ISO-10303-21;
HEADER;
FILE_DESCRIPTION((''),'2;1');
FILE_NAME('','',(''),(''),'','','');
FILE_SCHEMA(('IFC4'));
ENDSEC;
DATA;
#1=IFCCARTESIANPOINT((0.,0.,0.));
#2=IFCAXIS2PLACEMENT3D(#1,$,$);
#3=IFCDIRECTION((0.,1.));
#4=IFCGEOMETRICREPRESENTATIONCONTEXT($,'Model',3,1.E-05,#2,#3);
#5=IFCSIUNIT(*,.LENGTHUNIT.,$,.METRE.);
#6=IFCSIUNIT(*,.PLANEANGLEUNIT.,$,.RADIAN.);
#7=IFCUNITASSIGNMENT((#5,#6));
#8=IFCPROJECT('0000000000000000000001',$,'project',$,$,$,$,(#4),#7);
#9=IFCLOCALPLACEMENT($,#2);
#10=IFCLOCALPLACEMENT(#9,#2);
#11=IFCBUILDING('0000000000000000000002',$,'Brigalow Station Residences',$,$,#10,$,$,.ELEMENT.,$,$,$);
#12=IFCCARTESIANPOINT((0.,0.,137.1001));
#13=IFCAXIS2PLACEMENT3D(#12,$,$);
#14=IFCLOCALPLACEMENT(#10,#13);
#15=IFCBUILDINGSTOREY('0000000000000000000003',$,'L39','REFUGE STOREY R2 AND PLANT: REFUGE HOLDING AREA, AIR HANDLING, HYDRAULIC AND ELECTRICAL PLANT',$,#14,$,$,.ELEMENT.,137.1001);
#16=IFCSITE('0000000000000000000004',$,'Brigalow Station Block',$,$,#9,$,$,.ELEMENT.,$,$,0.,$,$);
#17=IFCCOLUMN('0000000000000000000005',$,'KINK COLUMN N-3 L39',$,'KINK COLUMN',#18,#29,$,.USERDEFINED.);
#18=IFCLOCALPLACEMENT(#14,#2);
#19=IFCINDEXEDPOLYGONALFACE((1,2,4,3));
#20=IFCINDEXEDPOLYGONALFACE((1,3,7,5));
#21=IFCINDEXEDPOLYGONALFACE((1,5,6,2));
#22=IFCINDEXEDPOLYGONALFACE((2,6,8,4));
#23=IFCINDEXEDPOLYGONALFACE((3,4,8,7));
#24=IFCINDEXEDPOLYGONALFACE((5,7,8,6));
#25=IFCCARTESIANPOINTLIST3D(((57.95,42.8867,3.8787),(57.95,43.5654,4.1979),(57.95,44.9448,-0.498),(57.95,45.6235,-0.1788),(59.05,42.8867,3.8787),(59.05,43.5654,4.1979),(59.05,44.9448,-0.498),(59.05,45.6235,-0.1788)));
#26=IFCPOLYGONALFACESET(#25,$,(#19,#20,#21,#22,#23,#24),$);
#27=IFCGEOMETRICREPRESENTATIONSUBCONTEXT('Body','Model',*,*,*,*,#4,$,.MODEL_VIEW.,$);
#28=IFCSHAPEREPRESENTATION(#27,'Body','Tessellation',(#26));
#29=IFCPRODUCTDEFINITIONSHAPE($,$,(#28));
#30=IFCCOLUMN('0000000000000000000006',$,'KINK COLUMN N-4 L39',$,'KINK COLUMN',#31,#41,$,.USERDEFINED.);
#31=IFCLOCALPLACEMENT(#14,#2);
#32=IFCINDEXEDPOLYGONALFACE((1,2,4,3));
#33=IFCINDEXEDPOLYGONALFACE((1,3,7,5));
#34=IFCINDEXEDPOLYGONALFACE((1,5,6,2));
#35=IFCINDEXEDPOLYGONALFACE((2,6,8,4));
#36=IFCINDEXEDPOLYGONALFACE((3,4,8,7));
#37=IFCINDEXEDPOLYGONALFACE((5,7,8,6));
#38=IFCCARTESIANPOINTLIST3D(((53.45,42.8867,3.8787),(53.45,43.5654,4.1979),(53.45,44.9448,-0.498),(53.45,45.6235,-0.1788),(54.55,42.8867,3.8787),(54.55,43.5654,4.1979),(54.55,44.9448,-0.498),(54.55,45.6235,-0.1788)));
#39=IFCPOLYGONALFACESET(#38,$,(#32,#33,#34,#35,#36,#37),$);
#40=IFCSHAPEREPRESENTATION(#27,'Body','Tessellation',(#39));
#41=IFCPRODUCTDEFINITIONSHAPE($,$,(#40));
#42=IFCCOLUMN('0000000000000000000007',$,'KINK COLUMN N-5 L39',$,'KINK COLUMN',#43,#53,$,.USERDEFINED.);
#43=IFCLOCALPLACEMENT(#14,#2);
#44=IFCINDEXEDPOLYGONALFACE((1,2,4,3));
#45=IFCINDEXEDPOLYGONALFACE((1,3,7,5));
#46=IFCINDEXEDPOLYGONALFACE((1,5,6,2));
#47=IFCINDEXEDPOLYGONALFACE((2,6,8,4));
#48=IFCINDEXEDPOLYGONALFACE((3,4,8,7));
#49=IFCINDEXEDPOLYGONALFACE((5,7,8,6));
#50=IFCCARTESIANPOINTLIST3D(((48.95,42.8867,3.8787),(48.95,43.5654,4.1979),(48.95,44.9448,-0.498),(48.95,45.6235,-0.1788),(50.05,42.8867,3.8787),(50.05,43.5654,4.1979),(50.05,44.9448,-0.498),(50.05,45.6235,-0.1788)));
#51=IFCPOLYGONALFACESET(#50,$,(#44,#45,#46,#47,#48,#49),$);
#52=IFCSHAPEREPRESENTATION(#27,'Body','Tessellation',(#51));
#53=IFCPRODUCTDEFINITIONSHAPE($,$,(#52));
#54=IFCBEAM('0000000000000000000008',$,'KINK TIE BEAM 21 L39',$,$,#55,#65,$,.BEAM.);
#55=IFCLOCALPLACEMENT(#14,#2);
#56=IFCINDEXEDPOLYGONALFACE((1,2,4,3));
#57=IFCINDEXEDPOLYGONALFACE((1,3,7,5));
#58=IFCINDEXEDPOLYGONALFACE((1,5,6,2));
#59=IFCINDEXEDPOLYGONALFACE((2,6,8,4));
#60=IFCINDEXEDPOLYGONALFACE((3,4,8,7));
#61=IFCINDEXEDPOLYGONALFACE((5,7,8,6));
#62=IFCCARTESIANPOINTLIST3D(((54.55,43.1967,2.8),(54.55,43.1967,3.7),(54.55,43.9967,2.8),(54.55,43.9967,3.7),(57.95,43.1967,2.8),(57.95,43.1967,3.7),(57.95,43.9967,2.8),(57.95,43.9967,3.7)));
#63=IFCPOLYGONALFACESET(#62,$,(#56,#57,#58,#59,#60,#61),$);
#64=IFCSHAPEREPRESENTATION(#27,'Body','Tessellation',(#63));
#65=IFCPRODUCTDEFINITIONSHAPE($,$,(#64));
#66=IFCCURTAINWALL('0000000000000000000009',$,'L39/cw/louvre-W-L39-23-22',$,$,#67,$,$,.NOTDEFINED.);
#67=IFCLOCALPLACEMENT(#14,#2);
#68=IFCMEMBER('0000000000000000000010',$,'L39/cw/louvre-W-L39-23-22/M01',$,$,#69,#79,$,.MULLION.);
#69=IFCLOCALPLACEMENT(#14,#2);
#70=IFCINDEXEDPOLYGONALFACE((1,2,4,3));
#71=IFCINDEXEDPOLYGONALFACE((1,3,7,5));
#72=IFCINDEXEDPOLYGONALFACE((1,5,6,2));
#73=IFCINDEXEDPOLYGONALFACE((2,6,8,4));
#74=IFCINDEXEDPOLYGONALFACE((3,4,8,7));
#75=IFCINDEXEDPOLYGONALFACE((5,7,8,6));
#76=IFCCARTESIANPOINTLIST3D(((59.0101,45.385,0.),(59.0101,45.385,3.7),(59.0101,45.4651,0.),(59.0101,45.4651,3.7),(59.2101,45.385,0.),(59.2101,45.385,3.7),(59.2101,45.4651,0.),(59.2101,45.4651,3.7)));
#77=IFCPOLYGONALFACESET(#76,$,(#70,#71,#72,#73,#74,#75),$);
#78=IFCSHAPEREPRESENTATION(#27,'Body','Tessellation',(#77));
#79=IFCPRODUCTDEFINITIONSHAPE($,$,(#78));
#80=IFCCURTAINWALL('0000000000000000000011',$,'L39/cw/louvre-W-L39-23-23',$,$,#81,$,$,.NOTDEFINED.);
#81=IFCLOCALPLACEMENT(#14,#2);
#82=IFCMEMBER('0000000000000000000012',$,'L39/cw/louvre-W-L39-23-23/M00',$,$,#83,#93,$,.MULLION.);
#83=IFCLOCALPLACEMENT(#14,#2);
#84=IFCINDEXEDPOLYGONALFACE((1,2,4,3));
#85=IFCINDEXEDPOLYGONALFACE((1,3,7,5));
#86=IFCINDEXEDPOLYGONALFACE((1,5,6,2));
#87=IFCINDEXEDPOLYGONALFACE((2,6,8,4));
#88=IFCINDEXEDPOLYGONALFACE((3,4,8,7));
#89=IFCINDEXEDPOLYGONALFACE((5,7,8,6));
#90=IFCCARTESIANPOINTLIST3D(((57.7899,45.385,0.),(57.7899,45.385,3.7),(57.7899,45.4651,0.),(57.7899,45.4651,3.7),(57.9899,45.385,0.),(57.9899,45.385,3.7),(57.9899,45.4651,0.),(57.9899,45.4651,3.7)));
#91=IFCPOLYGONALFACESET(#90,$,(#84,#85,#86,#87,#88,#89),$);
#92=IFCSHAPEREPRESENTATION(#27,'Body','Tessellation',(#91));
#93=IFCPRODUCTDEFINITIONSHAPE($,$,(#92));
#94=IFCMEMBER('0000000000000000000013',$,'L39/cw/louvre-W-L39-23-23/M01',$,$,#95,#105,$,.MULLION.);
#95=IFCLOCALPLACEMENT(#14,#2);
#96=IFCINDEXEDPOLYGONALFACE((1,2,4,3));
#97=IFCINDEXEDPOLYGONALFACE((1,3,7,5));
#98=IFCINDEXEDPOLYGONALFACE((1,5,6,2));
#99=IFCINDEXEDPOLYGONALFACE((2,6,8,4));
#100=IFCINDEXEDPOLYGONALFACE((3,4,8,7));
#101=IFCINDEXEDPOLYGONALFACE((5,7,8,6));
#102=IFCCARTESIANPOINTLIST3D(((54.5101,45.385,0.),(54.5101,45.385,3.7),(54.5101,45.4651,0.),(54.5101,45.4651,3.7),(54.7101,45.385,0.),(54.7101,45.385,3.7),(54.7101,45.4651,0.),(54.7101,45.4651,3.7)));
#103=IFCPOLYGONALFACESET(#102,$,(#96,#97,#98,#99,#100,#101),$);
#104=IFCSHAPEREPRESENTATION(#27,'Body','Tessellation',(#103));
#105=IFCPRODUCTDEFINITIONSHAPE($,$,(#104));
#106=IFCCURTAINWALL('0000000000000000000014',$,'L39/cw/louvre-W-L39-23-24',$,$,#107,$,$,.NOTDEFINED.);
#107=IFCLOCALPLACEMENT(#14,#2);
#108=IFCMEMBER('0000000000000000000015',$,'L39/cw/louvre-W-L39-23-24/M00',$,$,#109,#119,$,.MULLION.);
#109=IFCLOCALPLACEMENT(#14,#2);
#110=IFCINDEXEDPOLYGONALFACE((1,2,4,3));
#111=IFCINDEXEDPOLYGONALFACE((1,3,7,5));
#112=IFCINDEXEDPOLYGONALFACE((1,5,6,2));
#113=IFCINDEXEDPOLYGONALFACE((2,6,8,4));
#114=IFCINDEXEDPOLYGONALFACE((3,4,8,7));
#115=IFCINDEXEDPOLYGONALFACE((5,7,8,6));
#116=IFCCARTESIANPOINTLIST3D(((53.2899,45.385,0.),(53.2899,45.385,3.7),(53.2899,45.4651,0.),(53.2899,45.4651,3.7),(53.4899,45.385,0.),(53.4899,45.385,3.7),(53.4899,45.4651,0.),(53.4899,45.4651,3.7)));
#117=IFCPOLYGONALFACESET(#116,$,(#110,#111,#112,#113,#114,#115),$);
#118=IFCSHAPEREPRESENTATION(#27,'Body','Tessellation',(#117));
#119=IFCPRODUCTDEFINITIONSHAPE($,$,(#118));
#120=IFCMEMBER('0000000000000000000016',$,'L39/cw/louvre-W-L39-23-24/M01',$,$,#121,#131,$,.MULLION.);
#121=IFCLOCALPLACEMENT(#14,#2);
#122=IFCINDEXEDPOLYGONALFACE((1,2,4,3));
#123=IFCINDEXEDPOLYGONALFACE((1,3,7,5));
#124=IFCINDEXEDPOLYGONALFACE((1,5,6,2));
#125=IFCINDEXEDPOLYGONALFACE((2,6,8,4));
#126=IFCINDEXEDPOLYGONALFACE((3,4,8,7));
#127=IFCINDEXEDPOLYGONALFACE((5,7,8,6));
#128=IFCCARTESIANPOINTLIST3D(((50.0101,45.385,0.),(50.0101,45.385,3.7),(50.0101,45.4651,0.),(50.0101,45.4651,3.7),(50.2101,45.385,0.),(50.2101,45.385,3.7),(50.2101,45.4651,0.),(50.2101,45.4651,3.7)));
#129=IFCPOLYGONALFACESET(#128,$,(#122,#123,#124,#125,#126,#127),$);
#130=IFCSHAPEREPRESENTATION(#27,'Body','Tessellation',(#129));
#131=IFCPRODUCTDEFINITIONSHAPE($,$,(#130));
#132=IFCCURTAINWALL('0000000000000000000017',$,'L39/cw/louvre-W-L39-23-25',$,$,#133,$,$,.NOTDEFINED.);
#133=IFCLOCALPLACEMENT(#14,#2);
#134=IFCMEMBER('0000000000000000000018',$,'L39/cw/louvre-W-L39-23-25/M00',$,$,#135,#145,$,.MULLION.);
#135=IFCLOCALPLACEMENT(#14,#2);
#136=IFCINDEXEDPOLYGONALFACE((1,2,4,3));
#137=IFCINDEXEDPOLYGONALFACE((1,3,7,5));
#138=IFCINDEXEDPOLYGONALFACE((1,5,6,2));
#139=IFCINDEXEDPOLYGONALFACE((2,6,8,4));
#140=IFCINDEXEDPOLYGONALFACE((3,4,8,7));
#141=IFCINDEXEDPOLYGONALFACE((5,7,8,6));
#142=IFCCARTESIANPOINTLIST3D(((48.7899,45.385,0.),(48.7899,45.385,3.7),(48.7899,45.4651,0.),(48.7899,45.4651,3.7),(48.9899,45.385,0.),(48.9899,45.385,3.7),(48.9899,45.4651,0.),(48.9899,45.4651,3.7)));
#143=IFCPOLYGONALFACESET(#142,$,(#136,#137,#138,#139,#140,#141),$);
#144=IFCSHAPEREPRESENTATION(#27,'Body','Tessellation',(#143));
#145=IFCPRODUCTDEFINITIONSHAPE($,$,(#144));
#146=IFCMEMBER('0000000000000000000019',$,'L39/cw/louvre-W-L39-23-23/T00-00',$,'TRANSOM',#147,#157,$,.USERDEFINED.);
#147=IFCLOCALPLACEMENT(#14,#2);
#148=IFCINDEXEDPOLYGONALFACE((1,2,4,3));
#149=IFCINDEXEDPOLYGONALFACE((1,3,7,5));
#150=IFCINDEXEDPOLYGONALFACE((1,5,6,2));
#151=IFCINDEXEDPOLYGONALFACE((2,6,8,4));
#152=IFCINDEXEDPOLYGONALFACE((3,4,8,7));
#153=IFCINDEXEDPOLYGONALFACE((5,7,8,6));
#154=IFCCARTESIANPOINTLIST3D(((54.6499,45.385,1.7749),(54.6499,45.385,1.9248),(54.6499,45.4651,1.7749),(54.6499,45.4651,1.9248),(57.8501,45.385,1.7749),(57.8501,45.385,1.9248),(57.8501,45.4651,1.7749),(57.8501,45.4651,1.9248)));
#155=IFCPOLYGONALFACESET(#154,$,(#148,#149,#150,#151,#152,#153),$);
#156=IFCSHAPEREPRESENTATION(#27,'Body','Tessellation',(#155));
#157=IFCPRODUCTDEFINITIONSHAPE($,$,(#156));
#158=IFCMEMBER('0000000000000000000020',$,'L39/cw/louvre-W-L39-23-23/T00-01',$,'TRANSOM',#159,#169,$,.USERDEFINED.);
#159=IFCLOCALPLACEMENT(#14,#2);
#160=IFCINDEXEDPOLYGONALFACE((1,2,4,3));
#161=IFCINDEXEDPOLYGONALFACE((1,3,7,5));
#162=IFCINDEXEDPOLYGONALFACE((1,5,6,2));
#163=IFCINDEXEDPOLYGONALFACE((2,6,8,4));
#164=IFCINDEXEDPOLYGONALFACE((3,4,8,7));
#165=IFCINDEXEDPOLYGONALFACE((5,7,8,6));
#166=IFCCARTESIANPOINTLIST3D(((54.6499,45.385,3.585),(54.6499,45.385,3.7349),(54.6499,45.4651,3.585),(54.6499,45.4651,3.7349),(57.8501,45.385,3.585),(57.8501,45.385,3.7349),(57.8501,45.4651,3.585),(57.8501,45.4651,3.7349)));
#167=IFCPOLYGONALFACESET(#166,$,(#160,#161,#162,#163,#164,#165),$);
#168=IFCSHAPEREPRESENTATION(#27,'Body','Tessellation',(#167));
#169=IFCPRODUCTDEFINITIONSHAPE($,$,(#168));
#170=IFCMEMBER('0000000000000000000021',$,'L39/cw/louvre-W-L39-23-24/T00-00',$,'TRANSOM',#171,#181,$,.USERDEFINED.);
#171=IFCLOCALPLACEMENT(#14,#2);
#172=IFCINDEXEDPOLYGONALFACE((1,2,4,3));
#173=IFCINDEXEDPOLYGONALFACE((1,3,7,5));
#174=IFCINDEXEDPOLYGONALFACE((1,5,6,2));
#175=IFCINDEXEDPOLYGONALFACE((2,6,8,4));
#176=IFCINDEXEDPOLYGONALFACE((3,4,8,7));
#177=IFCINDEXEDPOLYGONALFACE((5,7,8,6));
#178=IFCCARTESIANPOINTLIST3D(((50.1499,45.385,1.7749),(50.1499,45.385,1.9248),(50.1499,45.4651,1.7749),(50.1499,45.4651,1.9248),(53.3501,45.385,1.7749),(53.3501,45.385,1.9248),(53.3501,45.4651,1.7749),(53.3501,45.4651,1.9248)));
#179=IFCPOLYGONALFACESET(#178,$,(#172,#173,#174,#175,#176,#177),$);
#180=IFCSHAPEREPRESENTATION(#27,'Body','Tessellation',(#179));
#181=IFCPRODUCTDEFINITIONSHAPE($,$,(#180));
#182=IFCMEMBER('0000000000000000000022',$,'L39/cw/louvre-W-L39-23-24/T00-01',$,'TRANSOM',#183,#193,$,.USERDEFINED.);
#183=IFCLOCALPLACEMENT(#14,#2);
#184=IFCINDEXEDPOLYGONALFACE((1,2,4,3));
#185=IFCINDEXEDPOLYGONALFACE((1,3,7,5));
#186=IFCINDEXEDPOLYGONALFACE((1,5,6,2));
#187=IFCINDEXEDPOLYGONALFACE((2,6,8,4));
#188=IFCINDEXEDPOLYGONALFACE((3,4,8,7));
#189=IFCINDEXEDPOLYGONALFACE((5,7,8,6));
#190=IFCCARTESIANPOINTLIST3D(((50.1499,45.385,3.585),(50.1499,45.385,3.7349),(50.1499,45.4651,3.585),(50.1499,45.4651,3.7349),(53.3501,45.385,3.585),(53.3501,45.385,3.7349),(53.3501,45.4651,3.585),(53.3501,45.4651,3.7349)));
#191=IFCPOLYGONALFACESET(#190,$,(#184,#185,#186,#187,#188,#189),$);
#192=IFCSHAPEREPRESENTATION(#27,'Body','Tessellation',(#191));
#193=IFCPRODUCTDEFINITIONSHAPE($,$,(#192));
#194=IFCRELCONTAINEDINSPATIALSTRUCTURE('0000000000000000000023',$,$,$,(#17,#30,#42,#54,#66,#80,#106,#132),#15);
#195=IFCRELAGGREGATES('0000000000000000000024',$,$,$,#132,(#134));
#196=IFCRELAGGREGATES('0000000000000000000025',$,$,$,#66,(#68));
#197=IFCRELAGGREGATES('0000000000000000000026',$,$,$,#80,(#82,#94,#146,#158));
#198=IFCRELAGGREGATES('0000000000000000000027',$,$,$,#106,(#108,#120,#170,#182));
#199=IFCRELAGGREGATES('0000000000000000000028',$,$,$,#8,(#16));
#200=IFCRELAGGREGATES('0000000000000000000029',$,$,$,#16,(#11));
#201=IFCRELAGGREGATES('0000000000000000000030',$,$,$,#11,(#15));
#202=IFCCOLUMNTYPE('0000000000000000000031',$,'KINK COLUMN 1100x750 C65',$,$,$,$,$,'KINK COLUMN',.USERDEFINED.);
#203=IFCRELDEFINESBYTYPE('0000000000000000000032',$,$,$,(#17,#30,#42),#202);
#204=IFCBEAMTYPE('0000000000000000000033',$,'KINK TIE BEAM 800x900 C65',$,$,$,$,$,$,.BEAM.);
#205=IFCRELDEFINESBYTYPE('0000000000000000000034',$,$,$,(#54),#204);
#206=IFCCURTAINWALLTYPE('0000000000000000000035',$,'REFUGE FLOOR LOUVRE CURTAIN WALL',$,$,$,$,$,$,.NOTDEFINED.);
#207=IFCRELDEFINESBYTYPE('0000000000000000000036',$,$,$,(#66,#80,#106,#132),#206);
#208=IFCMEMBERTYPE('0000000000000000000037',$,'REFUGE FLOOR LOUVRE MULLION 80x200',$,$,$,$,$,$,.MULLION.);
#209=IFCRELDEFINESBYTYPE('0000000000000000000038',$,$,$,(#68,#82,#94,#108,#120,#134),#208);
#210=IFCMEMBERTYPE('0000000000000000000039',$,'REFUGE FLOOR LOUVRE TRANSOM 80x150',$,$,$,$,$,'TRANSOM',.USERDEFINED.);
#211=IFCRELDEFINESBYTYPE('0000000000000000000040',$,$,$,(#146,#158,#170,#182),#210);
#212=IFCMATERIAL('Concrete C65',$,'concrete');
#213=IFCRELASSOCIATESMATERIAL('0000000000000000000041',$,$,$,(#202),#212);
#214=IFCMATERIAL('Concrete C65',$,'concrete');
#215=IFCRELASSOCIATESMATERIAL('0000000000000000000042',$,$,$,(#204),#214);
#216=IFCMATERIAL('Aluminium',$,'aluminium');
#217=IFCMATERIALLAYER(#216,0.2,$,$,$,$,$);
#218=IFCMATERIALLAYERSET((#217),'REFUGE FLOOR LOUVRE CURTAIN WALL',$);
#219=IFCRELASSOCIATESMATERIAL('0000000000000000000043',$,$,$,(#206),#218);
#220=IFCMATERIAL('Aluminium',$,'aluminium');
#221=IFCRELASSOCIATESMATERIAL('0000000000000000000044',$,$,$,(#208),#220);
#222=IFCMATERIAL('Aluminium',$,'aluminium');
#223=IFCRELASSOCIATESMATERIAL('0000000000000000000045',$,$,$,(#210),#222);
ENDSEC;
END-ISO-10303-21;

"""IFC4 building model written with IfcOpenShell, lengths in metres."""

from ifc_helpers import new_model, si_unit, direction, frame, origin, origin_2d, place, context, subcontext, project, spatial, rectangle, extrude, material, layer, layer_set, material_profile, profile_set, type_object, element, aggregate, save


model = new_model("IFC4")

# Units and contexts
model_context = context("Model", 3, precision=1e-05, world=origin(), true_north=direction((0.0, 1.0)))
body_context = subcontext(model_context, "Body", "Model", "MODEL_VIEW")
ifc_project = project(units=[si_unit("LENGTHUNIT", "METRE"), si_unit("PLANEANGLEUNIT", "RADIAN")], contexts=[model_context])

# Site, building, storey
site_placement = place(None, origin())
site = spatial("IfcSite", under=ifc_project, at=site_placement, Name="Brigalow Station Block", CompositionType="ELEMENT", RefElevation=0.0)
building_placement = place(site_placement, origin())
building = spatial("IfcBuilding", under=site, at=building_placement, Name="Brigalow Station Residences", CompositionType="ELEMENT")
storey_placement = place(building_placement, frame((0.0, 0.0, 137.1001)))
storey = spatial("IfcBuildingStorey", under=building, at=storey_placement, Name="L39", Description="REFUGE STOREY R2 AND PLANT: REFUGE HOLDING AREA, AIR HANDLING, HYDRAULIC AND ELECTRICAL PLANT", CompositionType="ELEMENT", Elevation=137.1001)

# Columns
ifc_material_1 = material(Name="Concrete C65", Category="concrete")
ifc_material_profile_1 = material_profile(ifc_material_1, rectangle(XDim=1.1001, YDim=0.75, at=origin_2d()), Name="RC1100x750")
ifc_profile_set_1 = profile_set([ifc_material_profile_1], Name="Concrete C65")
column_type = type_object("IfcColumnType", Name="KINK COLUMN 1100x750 C65", ElementType="KINK COLUMN", PredefinedType="USERDEFINED", material=ifc_profile_set_1)
for number, where, z_axis, x_axis, name in (
    (1, (58.5, 45.2842, -0.3384), (0.0, -0.425539, 0.90494), (1.0, 0.0, 0.0), "KINK COLUMN N-3 L39"),
    (2, (54.0, 45.2842, -0.3384), (0.0, -0.425539, 0.90494), (1.0, 0.0, 0.0), "KINK COLUMN N-4 L39"),
    (3, (49.5, 45.2842, -0.3384), (0.0, -0.425539, 0.90494), (1.0, 0.0, 0.0), "KINK COLUMN N-5 L39"),
):
    element("IfcColumn", number, at=place(storey_placement, frame(where, z_axis=z_axis, x_axis=x_axis)), inside=storey, type_object=column_type, Name=name, ObjectType="KINK COLUMN", PredefinedType="USERDEFINED", context=body_context, shape_type="SweptSolid", body=[
        extrude(rectangle(XDim=1.1001, YDim=0.75, at=origin_2d()), origin(), (0.0, 0.0, 1.0), 4.8364),
    ])

# Beam
ifc_material_2 = material(Name="Concrete C65", Category="concrete")
ifc_material_profile_2 = material_profile(ifc_material_2, rectangle(XDim=0.8, YDim=0.8999, at=origin_2d()), Name="RC800x900")
ifc_profile_set_2 = profile_set([ifc_material_profile_2], Name="Concrete C65")
beam_type = type_object("IfcBeamType", Name="KINK TIE BEAM 800x900 C65", PredefinedType="BEAM", material=ifc_profile_set_2)
beam_placement = place(storey_placement, frame((57.95, 43.5967, 3.25), z_axis=(-1.0, 0.0, 0.0), x_axis=(0.0, -1.0, 0.0)))
element("IfcBeam", 4, at=beam_placement, inside=storey, type_object=beam_type, Name="KINK TIE BEAM 21 L39", PredefinedType="BEAM", context=body_context, shape_type="SweptSolid", body=[
    extrude(rectangle(XDim=0.8, YDim=0.8999, at=origin_2d()), origin(), (0.0, 0.0, 1.0), 3.3999),
])

# Curtain wall, member
ifc_material_3 = material(Name="Aluminium", Category="aluminium")
ifc_layer_1 = layer(ifc_material_3, 0.2)
ifc_layer_set_1 = layer_set([ifc_layer_1], Name="REFUGE FLOOR LOUVRE CURTAIN WALL")
curtain_wall_type = type_object("IfcCurtainWallType", Name="REFUGE FLOOR LOUVRE CURTAIN WALL", PredefinedType="NOTDEFINED", material=ifc_layer_set_1)
curtain_wall_1_placement = place(storey_placement, origin())
curtain_wall_1 = element("IfcCurtainWall", 5, at=curtain_wall_1_placement, inside=storey, type_object=curtain_wall_type, Name="L39/cw/louvre-W-L39-23-22", PredefinedType="NOTDEFINED")
ifc_material_4 = material(Name="Aluminium", Category="aluminium")
ifc_material_profile_3 = material_profile(ifc_material_4, rectangle(XDim=0.0801, YDim=0.2, at=origin_2d()), Name="REFUGE FLOOR LOUVRE MULLION 80x200")
ifc_profile_set_3 = profile_set([ifc_material_profile_3], Name="Aluminium")
member_type_1 = type_object("IfcMemberType", Name="REFUGE FLOOR LOUVRE MULLION 80x200", PredefinedType="MULLION", material=ifc_profile_set_3)
member_1_placement = place(storey_placement, frame((59.1101, 45.425, 0.0), z_axis=(0.0, 0.0, 1.0), x_axis=(0.0, -1.0, 0.0)))
member_1 = element("IfcMember", 6, at=member_1_placement, type_object=member_type_1, Name="L39/cw/louvre-W-L39-23-22/M01", PredefinedType="MULLION", context=body_context, shape_type="SweptSolid", body=[
    extrude(rectangle(XDim=0.0801, YDim=0.2, at=origin_2d()), origin(), (0.0, 0.0, 1.0), 3.7),
])

# Curtain walls, members
curtain_wall_2_placement = place(storey_placement, origin())
curtain_wall_2 = element("IfcCurtainWall", 7, at=curtain_wall_2_placement, inside=storey, type_object=curtain_wall_type, Name="L39/cw/louvre-W-L39-23-23", PredefinedType="NOTDEFINED")
member_2_placement = place(storey_placement, frame((57.8899, 45.425, 0.0), z_axis=(0.0, 0.0, 1.0), x_axis=(0.0, -1.0, 0.0)))
member_2 = element("IfcMember", 8, at=member_2_placement, type_object=member_type_1, Name="L39/cw/louvre-W-L39-23-23/M00", PredefinedType="MULLION", context=body_context, shape_type="SweptSolid", body=[
    extrude(rectangle(XDim=0.0801, YDim=0.2, at=origin_2d()), origin(), (0.0, 0.0, 1.0), 3.7),
])
member_3_placement = place(storey_placement, frame((54.6101, 45.425, 0.0), z_axis=(0.0, 0.0, 1.0), x_axis=(0.0, -1.0, 0.0)))
member_3 = element("IfcMember", 9, at=member_3_placement, type_object=member_type_1, Name="L39/cw/louvre-W-L39-23-23/M01", PredefinedType="MULLION", context=body_context, shape_type="SweptSolid", body=[
    extrude(rectangle(XDim=0.0801, YDim=0.2, at=origin_2d()), origin(), (0.0, 0.0, 1.0), 3.7),
])
curtain_wall_3_placement = place(storey_placement, origin())
curtain_wall_3 = element("IfcCurtainWall", 10, at=curtain_wall_3_placement, inside=storey, type_object=curtain_wall_type, Name="L39/cw/louvre-W-L39-23-24", PredefinedType="NOTDEFINED")
member_4_placement = place(storey_placement, frame((53.3899, 45.425, 0.0), z_axis=(0.0, 0.0, 1.0), x_axis=(0.0, -1.0, 0.0)))
member_4 = element("IfcMember", 11, at=member_4_placement, type_object=member_type_1, Name="L39/cw/louvre-W-L39-23-24/M00", PredefinedType="MULLION", context=body_context, shape_type="SweptSolid", body=[
    extrude(rectangle(XDim=0.0801, YDim=0.2, at=origin_2d()), origin(), (0.0, 0.0, 1.0), 3.7),
])
member_5_placement = place(storey_placement, frame((50.1101, 45.425, 0.0), z_axis=(0.0, 0.0, 1.0), x_axis=(0.0, -1.0, 0.0)))
member_5 = element("IfcMember", 12, at=member_5_placement, type_object=member_type_1, Name="L39/cw/louvre-W-L39-23-24/M01", PredefinedType="MULLION", context=body_context, shape_type="SweptSolid", body=[
    extrude(rectangle(XDim=0.0801, YDim=0.2, at=origin_2d()), origin(), (0.0, 0.0, 1.0), 3.7),
])

# Curtain wall, member
curtain_wall_4_placement = place(storey_placement, origin())
curtain_wall_4 = element("IfcCurtainWall", 13, at=curtain_wall_4_placement, inside=storey, type_object=curtain_wall_type, Name="L39/cw/louvre-W-L39-23-25", PredefinedType="NOTDEFINED")
member_6_placement = place(storey_placement, frame((48.8899, 45.425, 0.0), z_axis=(0.0, 0.0, 1.0), x_axis=(0.0, -1.0, 0.0)))
member_6 = element("IfcMember", 14, at=member_6_placement, type_object=member_type_1, Name="L39/cw/louvre-W-L39-23-25/M00", PredefinedType="MULLION", context=body_context, shape_type="SweptSolid", body=[
    extrude(rectangle(XDim=0.0801, YDim=0.2, at=origin_2d()), origin(), (0.0, 0.0, 1.0), 3.7),
])
aggregate(curtain_wall_4, [member_6])

# Members
ifc_material_5 = material(Name="Aluminium", Category="aluminium")
ifc_material_profile_4 = material_profile(ifc_material_5, rectangle(XDim=0.0801, YDim=0.1499, at=origin_2d()), Name="REFUGE FLOOR LOUVRE TRANSOM 80x150")
ifc_profile_set_4 = profile_set([ifc_material_profile_4], Name="Aluminium")
member_type_2 = type_object("IfcMemberType", Name="REFUGE FLOOR LOUVRE TRANSOM 80x150", ElementType="TRANSOM", PredefinedType="USERDEFINED", material=ifc_profile_set_4)
member_7_placement = place(storey_placement, frame((57.8501, 45.425, 1.8499), z_axis=(-1.0, 0.0, 0.0), x_axis=(0.0, -1.0, 0.0)))
member_7 = element("IfcMember", 15, at=member_7_placement, type_object=member_type_2, Name="L39/cw/louvre-W-L39-23-23/T00-00", ObjectType="TRANSOM", PredefinedType="USERDEFINED", context=body_context, shape_type="SweptSolid", body=[
    extrude(rectangle(XDim=0.0801, YDim=0.1499, at=origin_2d()), origin(), (0.0, 0.0, 1.0), 3.2002),
])
member_8_placement = place(storey_placement, frame((57.8501, 45.425, 3.6599), z_axis=(-1.0, 0.0, 0.0), x_axis=(0.0, -1.0, 0.0)))
member_8 = element("IfcMember", 16, at=member_8_placement, type_object=member_type_2, Name="L39/cw/louvre-W-L39-23-23/T00-01", ObjectType="TRANSOM", PredefinedType="USERDEFINED", context=body_context, shape_type="SweptSolid", body=[
    extrude(rectangle(XDim=0.0801, YDim=0.1499, at=origin_2d()), origin(), (0.0, 0.0, 1.0), 3.2002),
])
member_9_placement = place(storey_placement, frame((53.3501, 45.425, 1.8499), z_axis=(-1.0, 0.0, 0.0), x_axis=(0.0, -1.0, 0.0)))
member_9 = element("IfcMember", 17, at=member_9_placement, type_object=member_type_2, Name="L39/cw/louvre-W-L39-23-24/T00-00", ObjectType="TRANSOM", PredefinedType="USERDEFINED", context=body_context, shape_type="SweptSolid", body=[
    extrude(rectangle(XDim=0.0801, YDim=0.1499, at=origin_2d()), origin(), (0.0, 0.0, 1.0), 3.2002),
])
member_10_placement = place(storey_placement, frame((53.3501, 45.425, 3.6599), z_axis=(-1.0, 0.0, 0.0), x_axis=(0.0, -1.0, 0.0)))
member_10 = element("IfcMember", 18, at=member_10_placement, type_object=member_type_2, Name="L39/cw/louvre-W-L39-23-24/T00-01", ObjectType="TRANSOM", PredefinedType="USERDEFINED", context=body_context, shape_type="SweptSolid", body=[
    extrude(rectangle(XDim=0.0801, YDim=0.1499, at=origin_2d()), origin(), (0.0, 0.0, 1.0), 3.2002),
])

aggregate(curtain_wall_1, [member_1])
aggregate(curtain_wall_2, [member_2, member_3, member_7, member_8])
aggregate(curtain_wall_3, [member_4, member_5, member_9, member_10])

save(model, "model.ifc")
